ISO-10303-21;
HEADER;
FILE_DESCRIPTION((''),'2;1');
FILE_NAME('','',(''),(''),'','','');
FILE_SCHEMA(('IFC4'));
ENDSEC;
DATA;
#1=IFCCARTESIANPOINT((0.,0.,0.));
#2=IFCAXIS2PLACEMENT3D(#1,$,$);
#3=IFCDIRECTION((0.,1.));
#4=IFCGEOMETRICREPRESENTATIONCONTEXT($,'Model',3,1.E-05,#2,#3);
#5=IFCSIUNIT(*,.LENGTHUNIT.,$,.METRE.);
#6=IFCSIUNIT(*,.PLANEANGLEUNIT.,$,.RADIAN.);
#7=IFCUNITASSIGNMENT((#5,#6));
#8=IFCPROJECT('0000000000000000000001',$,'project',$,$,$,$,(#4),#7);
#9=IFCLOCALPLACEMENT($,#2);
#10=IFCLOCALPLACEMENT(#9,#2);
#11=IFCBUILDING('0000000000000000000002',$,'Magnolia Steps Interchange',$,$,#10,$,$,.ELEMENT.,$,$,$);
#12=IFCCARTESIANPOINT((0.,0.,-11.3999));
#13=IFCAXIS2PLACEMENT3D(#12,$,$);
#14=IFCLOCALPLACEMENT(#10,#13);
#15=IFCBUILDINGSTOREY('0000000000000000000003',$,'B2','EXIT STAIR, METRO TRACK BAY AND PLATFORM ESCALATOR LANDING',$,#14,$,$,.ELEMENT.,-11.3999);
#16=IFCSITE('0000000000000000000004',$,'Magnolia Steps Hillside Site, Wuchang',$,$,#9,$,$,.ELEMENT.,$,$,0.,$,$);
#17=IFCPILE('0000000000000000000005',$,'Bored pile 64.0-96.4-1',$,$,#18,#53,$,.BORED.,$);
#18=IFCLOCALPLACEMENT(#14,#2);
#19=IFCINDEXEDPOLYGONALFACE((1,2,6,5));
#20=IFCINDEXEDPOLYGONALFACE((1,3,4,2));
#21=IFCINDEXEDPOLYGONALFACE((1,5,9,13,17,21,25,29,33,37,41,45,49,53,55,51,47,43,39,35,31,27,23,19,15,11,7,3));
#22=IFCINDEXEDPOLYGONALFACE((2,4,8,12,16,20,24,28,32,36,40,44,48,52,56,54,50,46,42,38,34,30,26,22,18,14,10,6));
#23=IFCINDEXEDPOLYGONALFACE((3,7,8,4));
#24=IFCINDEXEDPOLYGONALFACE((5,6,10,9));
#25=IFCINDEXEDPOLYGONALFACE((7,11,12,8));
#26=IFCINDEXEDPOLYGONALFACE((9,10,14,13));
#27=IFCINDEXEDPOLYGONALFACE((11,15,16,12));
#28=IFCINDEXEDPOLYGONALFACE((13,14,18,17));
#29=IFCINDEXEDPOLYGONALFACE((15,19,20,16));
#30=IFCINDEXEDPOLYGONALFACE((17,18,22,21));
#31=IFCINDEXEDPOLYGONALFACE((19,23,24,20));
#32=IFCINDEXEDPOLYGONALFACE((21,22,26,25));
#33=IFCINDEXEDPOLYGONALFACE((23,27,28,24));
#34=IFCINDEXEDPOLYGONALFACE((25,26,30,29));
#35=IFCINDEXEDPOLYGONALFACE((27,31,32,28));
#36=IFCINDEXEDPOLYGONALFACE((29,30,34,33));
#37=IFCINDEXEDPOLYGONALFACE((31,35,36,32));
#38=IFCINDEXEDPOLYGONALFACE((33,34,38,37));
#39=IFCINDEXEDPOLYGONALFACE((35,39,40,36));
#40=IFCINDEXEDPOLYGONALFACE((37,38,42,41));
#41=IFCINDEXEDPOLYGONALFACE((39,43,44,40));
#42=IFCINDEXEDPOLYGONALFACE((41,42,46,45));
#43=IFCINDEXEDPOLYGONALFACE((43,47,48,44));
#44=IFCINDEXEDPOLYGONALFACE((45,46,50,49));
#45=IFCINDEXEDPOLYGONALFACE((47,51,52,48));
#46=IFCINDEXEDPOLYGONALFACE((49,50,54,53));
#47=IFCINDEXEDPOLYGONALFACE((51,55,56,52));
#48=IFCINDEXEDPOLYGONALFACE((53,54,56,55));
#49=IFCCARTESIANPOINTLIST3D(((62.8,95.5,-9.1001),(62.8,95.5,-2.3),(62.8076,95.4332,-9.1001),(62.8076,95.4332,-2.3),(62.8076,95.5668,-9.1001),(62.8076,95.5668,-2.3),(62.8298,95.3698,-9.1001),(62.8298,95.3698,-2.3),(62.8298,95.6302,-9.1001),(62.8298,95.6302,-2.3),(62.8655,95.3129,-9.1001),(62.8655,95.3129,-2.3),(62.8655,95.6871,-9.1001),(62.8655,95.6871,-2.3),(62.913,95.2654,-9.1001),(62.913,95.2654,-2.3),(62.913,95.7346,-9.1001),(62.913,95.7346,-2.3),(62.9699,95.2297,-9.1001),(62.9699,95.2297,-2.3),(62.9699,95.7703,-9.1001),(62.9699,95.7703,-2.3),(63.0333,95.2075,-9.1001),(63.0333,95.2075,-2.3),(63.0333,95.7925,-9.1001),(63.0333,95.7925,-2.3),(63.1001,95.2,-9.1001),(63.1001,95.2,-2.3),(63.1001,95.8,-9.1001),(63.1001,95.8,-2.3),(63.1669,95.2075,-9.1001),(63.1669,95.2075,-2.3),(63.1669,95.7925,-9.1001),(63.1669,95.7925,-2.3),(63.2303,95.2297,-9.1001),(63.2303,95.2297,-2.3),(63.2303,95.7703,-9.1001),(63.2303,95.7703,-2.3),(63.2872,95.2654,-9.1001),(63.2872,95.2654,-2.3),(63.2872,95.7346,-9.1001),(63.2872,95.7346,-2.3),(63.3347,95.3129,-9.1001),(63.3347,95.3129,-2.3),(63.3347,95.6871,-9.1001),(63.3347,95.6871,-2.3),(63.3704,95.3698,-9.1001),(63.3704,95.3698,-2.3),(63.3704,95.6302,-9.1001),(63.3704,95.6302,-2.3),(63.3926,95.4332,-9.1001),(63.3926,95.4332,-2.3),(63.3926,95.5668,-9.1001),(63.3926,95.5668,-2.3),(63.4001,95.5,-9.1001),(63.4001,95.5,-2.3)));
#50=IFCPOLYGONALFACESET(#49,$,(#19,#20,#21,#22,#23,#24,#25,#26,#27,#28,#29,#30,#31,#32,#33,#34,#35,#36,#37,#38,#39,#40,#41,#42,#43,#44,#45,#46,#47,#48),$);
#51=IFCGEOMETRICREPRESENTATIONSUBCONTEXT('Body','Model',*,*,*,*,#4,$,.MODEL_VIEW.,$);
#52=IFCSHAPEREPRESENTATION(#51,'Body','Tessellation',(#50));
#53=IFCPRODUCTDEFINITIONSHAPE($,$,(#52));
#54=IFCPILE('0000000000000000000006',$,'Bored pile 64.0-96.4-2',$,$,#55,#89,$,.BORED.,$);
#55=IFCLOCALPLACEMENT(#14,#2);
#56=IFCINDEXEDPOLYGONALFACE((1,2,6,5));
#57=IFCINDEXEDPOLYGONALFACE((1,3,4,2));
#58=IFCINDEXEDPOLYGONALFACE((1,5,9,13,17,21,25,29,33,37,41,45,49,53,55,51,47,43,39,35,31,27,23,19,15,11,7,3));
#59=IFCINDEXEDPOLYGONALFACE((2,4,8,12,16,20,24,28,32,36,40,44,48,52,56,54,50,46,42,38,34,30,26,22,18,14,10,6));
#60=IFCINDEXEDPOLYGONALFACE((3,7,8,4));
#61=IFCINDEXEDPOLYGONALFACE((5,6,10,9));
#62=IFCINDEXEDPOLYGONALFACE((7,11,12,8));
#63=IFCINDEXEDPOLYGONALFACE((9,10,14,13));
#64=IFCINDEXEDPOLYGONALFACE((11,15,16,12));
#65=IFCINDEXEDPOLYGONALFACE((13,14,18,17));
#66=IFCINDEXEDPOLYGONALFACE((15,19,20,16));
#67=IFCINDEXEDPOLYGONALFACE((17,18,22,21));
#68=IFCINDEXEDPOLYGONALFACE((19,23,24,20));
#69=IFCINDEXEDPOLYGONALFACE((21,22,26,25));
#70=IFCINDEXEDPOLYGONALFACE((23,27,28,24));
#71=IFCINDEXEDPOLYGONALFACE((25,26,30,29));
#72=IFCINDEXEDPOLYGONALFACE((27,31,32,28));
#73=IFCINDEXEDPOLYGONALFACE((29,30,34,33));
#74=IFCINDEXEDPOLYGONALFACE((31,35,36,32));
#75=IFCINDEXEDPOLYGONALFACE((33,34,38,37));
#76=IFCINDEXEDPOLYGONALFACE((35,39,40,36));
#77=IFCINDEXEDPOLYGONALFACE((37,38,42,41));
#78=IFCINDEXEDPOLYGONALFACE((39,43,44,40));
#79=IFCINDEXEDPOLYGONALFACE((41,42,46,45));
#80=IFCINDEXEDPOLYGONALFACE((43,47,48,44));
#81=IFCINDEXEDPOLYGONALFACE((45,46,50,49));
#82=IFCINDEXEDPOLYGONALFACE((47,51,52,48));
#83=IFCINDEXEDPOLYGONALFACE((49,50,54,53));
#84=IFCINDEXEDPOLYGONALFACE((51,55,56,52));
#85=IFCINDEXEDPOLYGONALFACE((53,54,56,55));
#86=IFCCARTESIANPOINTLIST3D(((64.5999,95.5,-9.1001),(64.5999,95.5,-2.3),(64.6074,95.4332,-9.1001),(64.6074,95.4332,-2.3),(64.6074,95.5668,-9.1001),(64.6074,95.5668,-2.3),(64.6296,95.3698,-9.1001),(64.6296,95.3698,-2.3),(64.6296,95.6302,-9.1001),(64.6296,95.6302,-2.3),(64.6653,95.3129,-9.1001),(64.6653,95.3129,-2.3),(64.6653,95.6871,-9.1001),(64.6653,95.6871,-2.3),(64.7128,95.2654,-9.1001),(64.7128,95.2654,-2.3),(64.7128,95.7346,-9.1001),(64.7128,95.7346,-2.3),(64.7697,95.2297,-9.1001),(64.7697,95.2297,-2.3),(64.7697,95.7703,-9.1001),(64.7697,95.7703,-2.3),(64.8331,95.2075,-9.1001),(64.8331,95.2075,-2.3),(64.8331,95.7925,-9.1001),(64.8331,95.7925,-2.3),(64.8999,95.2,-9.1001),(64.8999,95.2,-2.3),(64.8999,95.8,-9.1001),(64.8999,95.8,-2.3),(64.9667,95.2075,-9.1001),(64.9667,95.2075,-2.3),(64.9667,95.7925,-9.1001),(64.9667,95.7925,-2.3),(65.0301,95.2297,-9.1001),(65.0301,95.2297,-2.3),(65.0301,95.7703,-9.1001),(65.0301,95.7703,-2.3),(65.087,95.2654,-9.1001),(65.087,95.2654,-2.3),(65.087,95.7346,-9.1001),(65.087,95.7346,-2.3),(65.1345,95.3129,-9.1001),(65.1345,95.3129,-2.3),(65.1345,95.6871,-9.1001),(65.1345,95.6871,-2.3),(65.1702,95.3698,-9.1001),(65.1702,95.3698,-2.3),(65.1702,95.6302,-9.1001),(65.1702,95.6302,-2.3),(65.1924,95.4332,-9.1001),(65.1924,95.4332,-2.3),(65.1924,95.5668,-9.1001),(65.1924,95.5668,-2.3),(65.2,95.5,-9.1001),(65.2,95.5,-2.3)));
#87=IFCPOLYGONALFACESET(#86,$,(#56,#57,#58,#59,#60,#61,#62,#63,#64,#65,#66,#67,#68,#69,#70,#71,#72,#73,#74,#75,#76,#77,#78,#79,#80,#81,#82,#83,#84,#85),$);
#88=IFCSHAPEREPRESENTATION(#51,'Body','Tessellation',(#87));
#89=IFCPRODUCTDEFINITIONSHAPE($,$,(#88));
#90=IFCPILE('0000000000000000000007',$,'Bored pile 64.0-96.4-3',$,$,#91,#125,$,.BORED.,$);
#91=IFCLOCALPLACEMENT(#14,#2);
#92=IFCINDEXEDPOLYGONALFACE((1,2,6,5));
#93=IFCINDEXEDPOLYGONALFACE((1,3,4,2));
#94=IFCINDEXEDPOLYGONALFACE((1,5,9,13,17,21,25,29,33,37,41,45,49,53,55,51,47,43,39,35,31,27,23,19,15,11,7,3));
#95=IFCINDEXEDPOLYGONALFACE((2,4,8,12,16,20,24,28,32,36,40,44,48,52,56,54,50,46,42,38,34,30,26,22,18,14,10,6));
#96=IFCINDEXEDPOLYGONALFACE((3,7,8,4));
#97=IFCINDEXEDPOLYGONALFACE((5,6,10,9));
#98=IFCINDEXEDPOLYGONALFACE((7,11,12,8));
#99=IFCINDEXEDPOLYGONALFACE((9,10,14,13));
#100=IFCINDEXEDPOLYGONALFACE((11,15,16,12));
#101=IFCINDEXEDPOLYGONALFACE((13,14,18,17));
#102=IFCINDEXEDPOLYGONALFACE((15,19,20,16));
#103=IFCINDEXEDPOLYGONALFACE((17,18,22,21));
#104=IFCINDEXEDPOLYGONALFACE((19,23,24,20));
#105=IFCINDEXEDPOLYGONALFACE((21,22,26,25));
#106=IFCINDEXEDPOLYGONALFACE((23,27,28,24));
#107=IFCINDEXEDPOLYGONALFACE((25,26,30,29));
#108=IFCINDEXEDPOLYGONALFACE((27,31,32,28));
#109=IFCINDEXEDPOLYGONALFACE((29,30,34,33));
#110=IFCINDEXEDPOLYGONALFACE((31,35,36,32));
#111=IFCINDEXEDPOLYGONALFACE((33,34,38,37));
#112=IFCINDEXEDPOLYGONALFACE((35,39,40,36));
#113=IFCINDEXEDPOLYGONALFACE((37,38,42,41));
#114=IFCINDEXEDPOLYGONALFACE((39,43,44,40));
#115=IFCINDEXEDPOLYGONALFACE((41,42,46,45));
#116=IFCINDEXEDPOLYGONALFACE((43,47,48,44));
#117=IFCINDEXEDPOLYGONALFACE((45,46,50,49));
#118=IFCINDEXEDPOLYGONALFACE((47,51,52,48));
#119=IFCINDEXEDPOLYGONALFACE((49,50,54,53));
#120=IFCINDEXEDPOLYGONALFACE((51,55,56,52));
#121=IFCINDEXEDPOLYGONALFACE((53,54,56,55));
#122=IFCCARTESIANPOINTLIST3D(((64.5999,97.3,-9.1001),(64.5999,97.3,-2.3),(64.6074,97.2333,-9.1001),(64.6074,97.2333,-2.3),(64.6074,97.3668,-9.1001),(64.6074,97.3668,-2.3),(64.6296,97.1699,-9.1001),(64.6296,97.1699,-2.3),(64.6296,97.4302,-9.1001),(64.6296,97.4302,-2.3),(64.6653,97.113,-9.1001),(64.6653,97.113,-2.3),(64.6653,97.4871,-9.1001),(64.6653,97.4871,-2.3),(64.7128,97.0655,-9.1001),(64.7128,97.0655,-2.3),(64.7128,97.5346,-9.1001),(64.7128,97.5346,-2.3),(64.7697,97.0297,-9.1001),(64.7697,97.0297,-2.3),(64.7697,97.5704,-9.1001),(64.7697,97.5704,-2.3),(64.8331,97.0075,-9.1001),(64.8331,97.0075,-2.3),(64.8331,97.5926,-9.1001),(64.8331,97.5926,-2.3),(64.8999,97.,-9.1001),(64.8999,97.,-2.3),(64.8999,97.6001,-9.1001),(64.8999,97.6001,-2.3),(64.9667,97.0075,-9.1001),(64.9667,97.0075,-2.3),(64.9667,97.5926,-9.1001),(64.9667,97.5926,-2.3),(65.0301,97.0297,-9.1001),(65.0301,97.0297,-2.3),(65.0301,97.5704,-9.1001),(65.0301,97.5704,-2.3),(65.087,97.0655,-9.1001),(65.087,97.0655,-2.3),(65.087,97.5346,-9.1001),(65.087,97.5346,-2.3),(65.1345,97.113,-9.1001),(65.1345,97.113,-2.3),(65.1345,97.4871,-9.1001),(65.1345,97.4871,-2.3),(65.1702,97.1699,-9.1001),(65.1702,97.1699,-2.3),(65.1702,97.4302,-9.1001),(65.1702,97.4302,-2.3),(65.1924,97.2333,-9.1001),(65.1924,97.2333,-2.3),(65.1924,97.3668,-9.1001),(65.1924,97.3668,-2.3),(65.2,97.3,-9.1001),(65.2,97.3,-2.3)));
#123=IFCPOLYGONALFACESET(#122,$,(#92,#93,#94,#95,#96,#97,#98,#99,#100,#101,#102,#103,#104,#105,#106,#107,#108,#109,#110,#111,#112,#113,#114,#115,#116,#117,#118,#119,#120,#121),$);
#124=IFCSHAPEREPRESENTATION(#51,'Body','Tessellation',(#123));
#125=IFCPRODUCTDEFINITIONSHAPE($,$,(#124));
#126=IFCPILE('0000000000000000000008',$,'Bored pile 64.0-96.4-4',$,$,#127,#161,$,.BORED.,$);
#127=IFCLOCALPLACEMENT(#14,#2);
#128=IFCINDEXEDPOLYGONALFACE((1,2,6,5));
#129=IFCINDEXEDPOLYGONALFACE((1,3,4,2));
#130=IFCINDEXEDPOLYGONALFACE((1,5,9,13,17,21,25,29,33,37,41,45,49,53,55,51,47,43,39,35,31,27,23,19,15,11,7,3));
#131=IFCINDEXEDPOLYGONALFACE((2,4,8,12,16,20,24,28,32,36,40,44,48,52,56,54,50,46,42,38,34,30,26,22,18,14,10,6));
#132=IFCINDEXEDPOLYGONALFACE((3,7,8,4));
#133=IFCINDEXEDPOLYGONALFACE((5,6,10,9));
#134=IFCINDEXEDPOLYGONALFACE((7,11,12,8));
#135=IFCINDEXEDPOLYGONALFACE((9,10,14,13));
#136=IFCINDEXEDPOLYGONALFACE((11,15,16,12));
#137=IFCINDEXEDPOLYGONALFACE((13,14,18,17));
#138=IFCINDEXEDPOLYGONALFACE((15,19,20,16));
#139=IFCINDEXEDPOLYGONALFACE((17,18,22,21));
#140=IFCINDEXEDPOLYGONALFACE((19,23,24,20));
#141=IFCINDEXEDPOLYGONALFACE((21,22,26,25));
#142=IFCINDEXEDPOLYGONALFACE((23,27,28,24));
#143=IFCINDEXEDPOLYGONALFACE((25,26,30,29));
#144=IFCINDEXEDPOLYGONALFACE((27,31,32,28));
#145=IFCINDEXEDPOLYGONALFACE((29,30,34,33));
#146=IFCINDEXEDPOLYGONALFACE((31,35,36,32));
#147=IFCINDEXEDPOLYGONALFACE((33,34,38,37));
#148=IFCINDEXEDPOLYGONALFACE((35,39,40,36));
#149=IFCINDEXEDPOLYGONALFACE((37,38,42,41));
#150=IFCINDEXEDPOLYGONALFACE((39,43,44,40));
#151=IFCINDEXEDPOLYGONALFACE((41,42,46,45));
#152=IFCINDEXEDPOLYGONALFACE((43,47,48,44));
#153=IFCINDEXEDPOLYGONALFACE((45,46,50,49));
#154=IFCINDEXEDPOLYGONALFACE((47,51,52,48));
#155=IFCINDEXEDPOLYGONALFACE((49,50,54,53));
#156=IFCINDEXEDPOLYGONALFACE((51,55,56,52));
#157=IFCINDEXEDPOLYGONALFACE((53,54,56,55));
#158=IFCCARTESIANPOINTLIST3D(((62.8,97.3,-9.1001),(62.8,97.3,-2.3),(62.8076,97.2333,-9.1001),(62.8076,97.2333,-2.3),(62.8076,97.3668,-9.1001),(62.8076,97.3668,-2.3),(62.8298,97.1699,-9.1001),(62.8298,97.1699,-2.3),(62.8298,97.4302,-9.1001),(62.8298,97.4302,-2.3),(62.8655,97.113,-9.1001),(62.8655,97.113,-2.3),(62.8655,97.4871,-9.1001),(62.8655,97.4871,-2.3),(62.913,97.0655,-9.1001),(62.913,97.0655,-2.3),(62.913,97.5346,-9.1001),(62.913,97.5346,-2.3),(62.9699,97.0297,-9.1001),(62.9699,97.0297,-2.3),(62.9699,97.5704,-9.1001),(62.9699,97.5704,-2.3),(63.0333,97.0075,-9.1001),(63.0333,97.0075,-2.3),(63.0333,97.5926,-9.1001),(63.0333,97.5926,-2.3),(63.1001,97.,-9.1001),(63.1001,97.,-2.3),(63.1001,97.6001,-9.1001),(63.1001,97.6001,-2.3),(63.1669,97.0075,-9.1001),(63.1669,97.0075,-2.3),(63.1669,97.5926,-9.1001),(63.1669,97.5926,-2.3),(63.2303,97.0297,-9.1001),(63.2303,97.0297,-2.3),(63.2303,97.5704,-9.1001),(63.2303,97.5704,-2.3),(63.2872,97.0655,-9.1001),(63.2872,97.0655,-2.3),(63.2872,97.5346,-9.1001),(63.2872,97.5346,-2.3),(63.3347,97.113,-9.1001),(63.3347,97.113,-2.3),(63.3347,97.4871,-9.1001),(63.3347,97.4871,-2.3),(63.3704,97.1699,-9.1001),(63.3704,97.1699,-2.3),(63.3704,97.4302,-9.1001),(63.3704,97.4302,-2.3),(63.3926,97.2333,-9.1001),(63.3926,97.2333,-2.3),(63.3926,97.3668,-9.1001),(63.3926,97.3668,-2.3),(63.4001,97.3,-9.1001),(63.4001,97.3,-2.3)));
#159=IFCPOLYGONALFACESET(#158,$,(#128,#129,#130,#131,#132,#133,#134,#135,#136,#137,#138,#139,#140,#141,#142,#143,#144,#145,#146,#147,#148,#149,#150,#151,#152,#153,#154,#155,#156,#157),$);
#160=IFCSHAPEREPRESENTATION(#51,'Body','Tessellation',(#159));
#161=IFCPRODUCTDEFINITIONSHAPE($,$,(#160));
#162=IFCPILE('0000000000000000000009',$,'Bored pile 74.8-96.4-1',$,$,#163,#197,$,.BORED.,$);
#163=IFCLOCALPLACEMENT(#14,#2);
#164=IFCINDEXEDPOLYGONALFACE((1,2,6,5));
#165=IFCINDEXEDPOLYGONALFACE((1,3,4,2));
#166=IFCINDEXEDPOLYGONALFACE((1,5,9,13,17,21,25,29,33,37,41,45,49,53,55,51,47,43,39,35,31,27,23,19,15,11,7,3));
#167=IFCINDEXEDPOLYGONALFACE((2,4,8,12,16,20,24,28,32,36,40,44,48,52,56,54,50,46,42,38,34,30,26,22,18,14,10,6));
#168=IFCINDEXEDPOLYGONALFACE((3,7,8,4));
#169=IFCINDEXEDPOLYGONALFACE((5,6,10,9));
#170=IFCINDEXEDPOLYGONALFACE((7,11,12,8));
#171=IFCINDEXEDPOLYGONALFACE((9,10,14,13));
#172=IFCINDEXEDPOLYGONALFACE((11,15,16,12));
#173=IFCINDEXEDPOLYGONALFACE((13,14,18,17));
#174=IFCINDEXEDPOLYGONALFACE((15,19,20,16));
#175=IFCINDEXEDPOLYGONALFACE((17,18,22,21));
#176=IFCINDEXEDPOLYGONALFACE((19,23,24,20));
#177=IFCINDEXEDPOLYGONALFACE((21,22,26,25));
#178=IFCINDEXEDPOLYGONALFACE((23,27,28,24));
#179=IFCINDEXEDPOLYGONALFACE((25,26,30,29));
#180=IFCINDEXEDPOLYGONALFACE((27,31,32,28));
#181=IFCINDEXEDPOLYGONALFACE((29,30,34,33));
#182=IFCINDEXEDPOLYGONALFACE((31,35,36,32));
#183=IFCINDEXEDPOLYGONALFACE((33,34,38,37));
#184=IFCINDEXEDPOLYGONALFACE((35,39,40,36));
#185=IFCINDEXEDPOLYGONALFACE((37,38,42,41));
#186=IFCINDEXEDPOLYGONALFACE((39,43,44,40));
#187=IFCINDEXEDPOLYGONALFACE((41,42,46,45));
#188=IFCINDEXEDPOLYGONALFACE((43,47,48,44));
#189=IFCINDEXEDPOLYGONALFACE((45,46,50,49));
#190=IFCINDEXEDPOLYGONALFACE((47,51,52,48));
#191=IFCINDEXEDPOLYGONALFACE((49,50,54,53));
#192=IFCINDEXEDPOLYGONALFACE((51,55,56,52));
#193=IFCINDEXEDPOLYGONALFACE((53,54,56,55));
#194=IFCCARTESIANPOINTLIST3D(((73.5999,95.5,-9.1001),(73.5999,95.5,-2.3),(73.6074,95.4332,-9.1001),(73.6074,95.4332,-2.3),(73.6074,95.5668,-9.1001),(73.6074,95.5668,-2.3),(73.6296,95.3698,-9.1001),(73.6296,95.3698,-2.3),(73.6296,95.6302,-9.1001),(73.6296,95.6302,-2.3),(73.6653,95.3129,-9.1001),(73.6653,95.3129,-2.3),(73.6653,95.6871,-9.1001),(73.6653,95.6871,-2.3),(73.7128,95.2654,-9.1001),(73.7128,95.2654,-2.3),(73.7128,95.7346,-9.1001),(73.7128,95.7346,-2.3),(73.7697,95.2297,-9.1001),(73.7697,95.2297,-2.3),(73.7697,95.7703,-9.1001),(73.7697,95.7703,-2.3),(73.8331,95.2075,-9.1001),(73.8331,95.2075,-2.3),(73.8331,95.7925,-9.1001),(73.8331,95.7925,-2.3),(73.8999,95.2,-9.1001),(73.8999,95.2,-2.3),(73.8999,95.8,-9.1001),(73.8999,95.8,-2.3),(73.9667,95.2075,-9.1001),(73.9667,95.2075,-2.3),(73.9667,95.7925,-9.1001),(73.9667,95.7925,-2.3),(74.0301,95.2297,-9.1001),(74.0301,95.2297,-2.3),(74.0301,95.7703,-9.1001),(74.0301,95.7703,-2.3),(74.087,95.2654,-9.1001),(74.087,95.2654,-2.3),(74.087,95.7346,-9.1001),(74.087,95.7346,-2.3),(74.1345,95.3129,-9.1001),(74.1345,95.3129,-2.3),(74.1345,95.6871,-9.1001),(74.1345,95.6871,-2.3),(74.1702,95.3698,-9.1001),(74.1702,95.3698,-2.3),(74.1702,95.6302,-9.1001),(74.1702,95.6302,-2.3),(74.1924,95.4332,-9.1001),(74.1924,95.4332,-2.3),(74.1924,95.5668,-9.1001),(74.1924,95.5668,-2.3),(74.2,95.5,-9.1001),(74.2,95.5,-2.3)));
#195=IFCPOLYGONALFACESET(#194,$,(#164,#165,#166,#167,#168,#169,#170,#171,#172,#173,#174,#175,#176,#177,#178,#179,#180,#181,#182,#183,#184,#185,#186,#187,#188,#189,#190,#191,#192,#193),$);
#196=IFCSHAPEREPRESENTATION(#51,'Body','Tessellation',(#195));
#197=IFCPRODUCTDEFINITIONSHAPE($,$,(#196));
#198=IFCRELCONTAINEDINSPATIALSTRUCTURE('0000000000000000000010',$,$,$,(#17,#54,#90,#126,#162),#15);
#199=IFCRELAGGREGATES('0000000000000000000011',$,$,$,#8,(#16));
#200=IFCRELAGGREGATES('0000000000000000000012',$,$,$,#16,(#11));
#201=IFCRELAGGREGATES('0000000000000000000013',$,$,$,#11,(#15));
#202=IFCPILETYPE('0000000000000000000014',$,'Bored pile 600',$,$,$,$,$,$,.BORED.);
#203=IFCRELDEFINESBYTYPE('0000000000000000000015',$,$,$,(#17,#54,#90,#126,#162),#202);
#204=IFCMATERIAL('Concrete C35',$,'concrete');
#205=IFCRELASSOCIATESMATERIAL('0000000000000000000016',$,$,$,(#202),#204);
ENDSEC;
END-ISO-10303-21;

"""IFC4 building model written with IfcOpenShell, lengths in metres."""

from ifc_helpers import new_model, si_unit, direction, frame, origin, origin_2d, place, context, subcontext, project, spatial, circle, extrude, material, material_profile, profile_set, type_object, element, save


model = new_model("IFC4")

# Units and contexts
model_context = context("Model", 3, precision=1e-05, world=origin(), true_north=direction((0.0, 1.0)))
body_context = subcontext(model_context, "Body", "Model", "MODEL_VIEW")
ifc_project = project(units=[si_unit("LENGTHUNIT", "METRE"), si_unit("PLANEANGLEUNIT", "RADIAN")], contexts=[model_context])

# Site, building, storey
site_placement = place(None, origin())
site = spatial("IfcSite", under=ifc_project, at=site_placement, Name="Magnolia Steps Hillside Site, Wuchang", CompositionType="ELEMENT", RefElevation=0.0)
building_placement = place(site_placement, origin())
building = spatial("IfcBuilding", under=site, at=building_placement, Name="Magnolia Steps Interchange", CompositionType="ELEMENT")
storey_placement = place(building_placement, frame((0.0, 0.0, -11.3999)))
storey = spatial("IfcBuildingStorey", under=building, at=storey_placement, Name="B2", Description="EXIT STAIR, METRO TRACK BAY AND PLATFORM ESCALATOR LANDING", CompositionType="ELEMENT", Elevation=-11.3999)

# Piles
ifc_material_1 = material(Name="Concrete C35", Category="concrete")
ifc_material_profile_1 = material_profile(ifc_material_1, circle(Radius=0.3, at=origin_2d()), Name="Bored pile 600")
ifc_profile_set_1 = profile_set([ifc_material_profile_1], Name="Concrete C35")
pile_type_1 = type_object("IfcPileType", Name="Bored pile 600", PredefinedType="BORED", material=ifc_profile_set_1)
for number, where, z_axis, x_axis, name in (
    (1, (63.1001, 95.5, -2.3), (0.0, 0.0, -1.0), (1.0, 0.0, 0.0), "Bored pile 64.0-96.4-1"),
    (2, (64.8999, 95.5, -2.3), (0.0, 0.0, -1.0), (1.0, 0.0, 0.0), "Bored pile 64.0-96.4-2"),
    (3, (64.8999, 97.3, -2.3), (0.0, 0.0, -1.0), (1.0, 0.0, 0.0), "Bored pile 64.0-96.4-3"),
    (4, (63.1001, 97.3, -2.3), (0.0, 0.0, -1.0), (1.0, 0.0, 0.0), "Bored pile 64.0-96.4-4"),
    (5, (73.8999, 95.5, -2.3), (0.0, 0.0, -1.0), (1.0, 0.0, 0.0), "Bored pile 74.8-96.4-1"),
):
    element("IfcPile", number, at=place(storey_placement, frame(where, z_axis=z_axis, x_axis=x_axis)), inside=storey, type_object=pile_type_1, Name=name, PredefinedType="BORED", context=body_context, shape_type="SweptSolid", body=[
        extrude(circle(Radius=0.3, at=origin_2d()), origin(), (0.0, 0.0, 1.0), 6.8),
    ])

save(model, "model.ifc")
